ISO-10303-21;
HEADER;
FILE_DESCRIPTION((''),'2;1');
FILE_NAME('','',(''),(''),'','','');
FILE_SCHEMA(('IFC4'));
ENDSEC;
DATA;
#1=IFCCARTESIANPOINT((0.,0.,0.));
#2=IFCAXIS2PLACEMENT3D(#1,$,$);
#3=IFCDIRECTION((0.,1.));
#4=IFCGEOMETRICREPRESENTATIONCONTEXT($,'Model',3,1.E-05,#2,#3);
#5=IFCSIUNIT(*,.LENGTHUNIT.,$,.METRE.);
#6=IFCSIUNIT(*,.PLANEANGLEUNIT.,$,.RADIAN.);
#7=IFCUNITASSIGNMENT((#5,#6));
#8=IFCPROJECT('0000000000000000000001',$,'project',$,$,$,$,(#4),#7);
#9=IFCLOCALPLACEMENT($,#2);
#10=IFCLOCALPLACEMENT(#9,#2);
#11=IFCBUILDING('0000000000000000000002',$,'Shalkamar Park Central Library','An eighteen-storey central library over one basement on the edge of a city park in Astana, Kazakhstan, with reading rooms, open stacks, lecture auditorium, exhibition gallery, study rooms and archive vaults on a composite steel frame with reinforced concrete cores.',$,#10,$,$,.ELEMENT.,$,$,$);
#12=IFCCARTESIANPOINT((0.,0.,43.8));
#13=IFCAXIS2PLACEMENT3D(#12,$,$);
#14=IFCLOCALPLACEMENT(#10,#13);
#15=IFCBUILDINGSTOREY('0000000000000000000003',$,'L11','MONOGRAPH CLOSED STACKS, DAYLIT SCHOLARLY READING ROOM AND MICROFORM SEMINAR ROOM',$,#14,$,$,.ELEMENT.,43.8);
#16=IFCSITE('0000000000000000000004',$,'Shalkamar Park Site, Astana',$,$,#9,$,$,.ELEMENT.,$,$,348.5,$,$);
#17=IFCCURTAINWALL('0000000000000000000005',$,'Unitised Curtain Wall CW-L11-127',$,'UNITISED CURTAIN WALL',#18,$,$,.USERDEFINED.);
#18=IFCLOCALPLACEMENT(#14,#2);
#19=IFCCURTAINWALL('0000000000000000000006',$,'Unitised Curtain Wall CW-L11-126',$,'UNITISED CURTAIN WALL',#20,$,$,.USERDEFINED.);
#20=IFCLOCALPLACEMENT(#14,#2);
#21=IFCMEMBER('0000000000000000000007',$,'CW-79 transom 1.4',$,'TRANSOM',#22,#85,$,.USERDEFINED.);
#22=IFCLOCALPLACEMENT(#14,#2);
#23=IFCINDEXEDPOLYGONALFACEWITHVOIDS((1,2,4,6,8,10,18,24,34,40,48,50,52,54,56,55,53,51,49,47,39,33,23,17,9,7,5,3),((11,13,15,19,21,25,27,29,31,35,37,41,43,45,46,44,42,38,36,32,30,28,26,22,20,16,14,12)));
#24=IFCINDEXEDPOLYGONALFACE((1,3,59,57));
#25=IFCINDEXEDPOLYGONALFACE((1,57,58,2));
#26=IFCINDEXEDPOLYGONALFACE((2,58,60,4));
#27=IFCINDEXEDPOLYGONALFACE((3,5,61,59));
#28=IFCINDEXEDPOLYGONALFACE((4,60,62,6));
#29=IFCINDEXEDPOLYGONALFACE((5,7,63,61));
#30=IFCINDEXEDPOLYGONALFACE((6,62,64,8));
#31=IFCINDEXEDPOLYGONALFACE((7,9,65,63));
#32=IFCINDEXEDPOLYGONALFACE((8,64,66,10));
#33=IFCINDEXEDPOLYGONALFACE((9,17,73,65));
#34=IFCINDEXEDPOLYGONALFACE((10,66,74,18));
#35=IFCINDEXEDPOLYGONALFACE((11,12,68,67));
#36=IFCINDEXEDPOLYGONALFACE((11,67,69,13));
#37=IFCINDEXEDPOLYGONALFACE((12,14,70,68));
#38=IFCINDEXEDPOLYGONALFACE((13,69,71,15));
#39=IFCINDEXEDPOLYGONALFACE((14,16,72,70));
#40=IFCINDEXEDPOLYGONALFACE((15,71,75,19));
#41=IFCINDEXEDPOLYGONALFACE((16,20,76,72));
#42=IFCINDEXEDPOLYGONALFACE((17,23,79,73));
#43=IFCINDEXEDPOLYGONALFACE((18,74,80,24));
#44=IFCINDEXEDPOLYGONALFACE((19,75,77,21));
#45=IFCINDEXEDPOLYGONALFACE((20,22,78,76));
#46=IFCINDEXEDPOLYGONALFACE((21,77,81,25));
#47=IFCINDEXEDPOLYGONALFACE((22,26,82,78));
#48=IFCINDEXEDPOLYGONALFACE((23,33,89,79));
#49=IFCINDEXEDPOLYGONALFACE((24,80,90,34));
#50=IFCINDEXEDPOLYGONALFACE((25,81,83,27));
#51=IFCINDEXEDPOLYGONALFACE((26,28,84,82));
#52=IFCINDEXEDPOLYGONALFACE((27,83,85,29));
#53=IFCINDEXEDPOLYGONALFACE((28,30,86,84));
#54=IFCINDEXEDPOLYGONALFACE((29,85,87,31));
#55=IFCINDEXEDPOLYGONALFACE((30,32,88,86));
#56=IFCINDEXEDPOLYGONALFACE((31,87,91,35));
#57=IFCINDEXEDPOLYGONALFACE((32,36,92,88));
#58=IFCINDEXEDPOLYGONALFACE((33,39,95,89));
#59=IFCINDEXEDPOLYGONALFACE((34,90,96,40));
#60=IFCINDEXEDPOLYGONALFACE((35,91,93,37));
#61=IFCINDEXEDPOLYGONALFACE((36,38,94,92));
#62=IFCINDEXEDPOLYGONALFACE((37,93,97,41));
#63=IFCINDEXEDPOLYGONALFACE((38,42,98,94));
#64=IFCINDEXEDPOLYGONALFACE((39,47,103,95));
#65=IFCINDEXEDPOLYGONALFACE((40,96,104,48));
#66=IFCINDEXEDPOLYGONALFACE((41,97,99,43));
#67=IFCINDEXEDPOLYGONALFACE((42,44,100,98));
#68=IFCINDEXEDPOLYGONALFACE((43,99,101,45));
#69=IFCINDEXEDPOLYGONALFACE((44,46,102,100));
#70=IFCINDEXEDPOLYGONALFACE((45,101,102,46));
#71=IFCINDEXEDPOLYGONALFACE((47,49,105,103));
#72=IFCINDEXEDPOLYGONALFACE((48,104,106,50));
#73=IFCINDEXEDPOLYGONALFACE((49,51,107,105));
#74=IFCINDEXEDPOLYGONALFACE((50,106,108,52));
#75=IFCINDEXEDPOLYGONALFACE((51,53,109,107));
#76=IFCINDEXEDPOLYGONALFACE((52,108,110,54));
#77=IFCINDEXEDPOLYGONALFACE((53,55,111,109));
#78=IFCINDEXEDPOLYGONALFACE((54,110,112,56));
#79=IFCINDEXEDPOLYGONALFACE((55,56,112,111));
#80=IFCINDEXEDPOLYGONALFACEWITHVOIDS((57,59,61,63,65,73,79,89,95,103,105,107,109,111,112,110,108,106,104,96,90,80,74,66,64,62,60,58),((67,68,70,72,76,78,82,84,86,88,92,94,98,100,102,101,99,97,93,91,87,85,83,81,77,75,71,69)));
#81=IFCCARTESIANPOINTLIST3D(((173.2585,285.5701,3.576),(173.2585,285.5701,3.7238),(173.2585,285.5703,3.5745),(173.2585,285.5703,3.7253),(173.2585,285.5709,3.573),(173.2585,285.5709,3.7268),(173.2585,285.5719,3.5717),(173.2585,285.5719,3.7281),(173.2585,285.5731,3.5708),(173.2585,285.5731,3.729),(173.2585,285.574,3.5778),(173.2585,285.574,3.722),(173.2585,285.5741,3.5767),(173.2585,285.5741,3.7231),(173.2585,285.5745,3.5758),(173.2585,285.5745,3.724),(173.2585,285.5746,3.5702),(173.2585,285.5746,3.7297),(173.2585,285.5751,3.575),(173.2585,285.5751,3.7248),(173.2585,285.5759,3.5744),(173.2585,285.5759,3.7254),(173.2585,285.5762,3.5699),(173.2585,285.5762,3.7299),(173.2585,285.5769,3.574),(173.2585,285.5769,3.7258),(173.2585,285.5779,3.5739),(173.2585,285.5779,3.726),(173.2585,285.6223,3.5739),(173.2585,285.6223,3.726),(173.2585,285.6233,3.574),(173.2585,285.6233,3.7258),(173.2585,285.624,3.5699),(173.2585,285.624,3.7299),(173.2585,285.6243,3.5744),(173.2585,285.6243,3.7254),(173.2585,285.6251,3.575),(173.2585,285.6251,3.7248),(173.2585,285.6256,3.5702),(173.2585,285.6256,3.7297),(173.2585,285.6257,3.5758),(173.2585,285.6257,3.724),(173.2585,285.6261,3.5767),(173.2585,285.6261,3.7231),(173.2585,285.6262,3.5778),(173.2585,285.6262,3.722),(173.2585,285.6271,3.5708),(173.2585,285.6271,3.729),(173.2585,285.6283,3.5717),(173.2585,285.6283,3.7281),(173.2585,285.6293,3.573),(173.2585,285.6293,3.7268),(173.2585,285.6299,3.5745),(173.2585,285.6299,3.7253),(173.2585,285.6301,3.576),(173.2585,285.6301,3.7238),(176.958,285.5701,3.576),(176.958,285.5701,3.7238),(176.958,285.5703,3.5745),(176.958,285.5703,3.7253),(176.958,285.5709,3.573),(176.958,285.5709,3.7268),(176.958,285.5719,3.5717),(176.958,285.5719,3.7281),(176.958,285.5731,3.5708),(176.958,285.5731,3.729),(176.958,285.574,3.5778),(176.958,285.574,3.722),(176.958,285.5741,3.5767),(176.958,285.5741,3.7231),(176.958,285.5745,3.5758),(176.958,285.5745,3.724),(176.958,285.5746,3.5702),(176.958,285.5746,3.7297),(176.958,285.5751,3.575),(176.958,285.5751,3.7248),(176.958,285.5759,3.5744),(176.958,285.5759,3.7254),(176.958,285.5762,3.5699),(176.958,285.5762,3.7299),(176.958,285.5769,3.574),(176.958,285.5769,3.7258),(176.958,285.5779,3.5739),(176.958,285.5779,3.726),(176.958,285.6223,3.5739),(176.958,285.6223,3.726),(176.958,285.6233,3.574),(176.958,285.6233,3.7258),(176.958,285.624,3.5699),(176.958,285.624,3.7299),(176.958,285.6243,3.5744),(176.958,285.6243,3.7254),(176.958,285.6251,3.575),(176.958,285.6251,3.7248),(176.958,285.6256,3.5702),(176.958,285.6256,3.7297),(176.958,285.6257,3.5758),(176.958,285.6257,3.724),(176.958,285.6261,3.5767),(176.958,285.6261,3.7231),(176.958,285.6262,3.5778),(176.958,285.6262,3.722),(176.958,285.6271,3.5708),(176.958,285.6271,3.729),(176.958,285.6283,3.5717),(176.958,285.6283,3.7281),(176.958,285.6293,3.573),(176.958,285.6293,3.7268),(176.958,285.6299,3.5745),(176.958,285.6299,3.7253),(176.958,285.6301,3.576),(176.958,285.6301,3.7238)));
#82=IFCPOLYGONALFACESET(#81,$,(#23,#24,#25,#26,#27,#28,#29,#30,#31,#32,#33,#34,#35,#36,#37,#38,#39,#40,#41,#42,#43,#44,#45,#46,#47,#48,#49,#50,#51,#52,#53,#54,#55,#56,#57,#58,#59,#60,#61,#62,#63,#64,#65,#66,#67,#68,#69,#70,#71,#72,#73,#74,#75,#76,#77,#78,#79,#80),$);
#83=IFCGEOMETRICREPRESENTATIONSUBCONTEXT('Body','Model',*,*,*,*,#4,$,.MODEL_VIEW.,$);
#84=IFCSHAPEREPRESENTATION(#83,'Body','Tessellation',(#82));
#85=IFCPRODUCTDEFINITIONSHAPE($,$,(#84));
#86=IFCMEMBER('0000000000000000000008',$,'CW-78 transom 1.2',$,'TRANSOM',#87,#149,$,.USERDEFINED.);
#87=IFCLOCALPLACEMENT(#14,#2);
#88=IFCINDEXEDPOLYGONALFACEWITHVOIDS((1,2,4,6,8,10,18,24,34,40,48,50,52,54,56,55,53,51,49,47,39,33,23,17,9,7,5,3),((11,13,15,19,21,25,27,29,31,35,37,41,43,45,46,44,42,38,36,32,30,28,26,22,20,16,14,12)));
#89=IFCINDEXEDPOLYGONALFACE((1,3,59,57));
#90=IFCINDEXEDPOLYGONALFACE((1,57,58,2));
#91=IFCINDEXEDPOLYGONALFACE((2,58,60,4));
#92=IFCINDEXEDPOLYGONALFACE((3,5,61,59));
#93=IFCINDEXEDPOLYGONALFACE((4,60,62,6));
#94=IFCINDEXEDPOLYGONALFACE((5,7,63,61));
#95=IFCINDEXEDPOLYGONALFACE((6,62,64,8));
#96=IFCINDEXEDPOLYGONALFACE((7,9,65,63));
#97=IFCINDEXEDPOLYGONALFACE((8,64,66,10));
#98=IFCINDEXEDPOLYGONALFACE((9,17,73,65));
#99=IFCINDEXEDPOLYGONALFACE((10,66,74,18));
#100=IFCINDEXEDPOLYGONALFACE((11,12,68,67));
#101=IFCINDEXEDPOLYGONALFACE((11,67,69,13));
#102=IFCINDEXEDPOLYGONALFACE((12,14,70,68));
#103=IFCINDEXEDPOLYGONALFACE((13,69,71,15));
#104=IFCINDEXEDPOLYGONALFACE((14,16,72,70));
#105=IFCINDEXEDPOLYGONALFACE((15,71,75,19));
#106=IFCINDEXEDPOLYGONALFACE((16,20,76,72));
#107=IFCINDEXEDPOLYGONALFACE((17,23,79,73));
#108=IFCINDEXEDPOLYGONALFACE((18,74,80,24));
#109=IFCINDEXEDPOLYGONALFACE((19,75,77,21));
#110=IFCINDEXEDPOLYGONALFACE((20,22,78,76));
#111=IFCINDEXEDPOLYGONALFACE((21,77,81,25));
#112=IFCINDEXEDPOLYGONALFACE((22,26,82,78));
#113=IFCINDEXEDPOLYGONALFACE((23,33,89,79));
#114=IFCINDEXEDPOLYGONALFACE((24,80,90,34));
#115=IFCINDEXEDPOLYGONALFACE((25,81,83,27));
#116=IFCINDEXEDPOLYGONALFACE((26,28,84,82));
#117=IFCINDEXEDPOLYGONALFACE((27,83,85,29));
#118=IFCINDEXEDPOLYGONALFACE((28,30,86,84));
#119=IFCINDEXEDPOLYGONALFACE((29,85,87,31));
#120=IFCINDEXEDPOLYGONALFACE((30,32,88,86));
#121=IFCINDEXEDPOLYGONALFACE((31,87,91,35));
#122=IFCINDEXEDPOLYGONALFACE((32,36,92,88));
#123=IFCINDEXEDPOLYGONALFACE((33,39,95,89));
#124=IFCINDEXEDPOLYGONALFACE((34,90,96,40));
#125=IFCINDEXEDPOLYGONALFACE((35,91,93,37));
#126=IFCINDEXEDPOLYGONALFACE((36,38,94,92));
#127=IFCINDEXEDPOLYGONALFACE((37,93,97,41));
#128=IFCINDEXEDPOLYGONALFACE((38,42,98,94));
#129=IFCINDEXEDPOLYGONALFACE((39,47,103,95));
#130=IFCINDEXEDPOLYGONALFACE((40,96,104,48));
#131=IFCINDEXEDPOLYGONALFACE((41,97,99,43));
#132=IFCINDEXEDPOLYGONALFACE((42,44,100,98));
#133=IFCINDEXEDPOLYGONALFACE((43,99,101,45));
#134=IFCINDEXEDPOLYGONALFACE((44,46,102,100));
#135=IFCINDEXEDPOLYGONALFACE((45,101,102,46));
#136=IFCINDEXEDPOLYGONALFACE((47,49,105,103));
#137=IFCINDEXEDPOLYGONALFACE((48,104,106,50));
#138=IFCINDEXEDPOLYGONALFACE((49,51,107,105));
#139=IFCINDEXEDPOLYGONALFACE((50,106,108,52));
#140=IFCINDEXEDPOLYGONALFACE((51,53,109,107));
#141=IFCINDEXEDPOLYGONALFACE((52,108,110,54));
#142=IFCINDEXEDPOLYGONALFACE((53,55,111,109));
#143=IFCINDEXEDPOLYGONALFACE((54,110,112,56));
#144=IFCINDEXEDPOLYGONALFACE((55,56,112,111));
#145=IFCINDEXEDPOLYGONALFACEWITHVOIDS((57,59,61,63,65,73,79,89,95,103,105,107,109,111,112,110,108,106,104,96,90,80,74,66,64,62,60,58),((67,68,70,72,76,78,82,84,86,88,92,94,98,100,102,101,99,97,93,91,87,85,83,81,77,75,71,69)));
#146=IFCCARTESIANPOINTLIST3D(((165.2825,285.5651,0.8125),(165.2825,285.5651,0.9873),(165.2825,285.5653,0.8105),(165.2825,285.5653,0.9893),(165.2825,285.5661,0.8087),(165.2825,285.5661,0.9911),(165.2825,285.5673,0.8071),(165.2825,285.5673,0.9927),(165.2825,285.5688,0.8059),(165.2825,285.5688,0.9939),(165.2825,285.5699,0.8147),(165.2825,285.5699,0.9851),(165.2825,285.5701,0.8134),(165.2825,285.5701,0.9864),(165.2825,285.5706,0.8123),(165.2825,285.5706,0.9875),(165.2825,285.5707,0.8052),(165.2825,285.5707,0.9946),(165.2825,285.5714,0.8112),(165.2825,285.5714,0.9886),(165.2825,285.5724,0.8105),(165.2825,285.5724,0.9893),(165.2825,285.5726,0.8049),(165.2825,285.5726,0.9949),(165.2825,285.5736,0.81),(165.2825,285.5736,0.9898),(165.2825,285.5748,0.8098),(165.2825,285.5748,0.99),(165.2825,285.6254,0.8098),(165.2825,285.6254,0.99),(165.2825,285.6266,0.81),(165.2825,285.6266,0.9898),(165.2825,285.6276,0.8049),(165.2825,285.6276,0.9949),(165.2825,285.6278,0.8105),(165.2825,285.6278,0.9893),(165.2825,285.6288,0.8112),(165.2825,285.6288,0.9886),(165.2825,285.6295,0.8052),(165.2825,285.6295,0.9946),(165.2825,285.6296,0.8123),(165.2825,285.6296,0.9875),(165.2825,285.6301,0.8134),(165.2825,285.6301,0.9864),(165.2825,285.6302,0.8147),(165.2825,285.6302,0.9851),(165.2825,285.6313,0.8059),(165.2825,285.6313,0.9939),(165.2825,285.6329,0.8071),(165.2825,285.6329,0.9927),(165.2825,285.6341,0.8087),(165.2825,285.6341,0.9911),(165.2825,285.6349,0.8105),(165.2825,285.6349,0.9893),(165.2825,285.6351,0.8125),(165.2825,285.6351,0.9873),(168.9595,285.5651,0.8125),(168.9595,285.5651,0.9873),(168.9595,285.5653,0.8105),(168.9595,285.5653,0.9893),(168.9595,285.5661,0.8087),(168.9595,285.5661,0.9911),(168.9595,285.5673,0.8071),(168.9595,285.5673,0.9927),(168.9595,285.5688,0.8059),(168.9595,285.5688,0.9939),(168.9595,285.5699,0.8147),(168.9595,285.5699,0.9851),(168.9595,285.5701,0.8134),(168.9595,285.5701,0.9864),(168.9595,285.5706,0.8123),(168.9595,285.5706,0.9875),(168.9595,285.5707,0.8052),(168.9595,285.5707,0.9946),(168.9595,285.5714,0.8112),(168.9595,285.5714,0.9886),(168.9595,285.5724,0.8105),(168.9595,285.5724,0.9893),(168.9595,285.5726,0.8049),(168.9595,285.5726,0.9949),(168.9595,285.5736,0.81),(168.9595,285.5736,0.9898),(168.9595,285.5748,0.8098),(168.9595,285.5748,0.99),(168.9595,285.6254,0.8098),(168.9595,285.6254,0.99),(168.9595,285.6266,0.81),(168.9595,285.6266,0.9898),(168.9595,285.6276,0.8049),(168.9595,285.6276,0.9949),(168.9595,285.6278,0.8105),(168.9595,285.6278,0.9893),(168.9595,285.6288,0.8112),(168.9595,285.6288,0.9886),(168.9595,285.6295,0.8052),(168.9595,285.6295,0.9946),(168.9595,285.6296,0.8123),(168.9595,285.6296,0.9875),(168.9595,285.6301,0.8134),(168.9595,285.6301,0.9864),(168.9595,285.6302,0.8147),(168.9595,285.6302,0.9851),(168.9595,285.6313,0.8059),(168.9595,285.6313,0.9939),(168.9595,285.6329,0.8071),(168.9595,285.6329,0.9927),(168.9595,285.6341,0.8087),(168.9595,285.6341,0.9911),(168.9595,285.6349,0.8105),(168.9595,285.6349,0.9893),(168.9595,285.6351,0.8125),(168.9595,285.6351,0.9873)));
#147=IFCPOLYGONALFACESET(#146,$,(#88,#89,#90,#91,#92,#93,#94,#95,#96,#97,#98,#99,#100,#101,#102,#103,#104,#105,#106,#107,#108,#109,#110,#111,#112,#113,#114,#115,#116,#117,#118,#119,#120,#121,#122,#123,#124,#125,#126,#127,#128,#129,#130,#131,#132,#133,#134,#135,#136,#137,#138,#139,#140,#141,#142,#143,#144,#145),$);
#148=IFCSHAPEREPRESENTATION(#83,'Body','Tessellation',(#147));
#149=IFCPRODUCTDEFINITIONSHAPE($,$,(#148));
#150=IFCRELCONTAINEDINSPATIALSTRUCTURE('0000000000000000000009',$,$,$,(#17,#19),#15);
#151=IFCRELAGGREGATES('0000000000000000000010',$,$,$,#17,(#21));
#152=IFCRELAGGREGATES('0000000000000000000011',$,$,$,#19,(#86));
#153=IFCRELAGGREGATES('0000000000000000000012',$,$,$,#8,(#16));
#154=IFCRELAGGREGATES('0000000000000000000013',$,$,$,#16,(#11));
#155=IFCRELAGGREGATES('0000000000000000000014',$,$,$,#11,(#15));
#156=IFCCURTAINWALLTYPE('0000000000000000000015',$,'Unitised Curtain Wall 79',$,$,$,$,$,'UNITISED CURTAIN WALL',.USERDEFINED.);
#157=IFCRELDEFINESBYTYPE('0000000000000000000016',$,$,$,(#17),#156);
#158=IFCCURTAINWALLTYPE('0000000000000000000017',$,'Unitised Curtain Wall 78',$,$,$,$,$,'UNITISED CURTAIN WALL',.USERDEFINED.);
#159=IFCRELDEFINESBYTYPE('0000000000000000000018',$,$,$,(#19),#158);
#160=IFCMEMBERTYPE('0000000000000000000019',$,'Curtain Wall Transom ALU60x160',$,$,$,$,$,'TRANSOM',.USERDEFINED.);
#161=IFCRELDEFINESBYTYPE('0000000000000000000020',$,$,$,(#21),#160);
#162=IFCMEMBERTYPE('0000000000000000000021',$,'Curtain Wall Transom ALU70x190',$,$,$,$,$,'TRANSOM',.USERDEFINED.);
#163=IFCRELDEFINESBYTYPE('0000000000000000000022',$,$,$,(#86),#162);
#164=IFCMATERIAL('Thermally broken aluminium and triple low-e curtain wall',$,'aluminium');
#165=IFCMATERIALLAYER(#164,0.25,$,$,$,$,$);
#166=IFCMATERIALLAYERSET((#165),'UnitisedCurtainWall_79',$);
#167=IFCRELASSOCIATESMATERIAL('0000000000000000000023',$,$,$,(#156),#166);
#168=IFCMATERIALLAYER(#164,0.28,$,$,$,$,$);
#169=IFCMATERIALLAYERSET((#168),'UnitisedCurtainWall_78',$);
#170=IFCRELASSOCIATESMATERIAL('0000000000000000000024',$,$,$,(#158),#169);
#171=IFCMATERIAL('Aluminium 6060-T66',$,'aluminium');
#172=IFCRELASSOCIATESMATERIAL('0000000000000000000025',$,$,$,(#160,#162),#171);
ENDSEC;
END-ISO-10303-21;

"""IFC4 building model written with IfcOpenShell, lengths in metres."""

from ifc_helpers import new_model, si_unit, direction, frame, origin, origin_2d, place, context, subcontext, project, spatial, hollow_rectangle, extrude, material, layer, layer_set, material_profile, profile_set, type_object, element, aggregate, save


model = new_model("IFC4")

# Units and contexts
model_context = context("Model", 3, precision=1e-05, world=origin(), true_north=direction((0.0, 1.0)))
body_context = subcontext(model_context, "Body", "Model", "MODEL_VIEW")
ifc_project = project(units=[si_unit("LENGTHUNIT", "METRE"), si_unit("PLANEANGLEUNIT", "RADIAN")], contexts=[model_context])

# Site, building, storey
site_placement = place(None, origin())
site = spatial("IfcSite", under=ifc_project, at=site_placement, Name="Shalkamar Park Site, Astana", CompositionType="ELEMENT", RefElevation=348.5)
building_placement = place(site_placement, origin())
building = spatial("IfcBuilding", under=site, at=building_placement, Name="Shalkamar Park Central Library", Description="An eighteen-storey central library over one basement on the edge of a city park in Astana, Kazakhstan, with reading rooms, open stacks, lecture auditorium, exhibition gallery, study rooms and archive vaults on a composite steel frame with reinforced concrete cores.", CompositionType="ELEMENT")
storey_placement = place(building_placement, frame((0.0, 0.0, 43.8)))
storey = spatial("IfcBuildingStorey", under=building, at=storey_placement, Name="L11", Description="MONOGRAPH CLOSED STACKS, DAYLIT SCHOLARLY READING ROOM AND MICROFORM SEMINAR ROOM", CompositionType="ELEMENT", Elevation=43.8)

# Curtain wall
ifc_material_1 = material(Name="Thermally broken aluminium and triple low-e curtain wall", Category="aluminium")
ifc_layer_1 = layer(ifc_material_1, 0.25)
ifc_layer_set_1 = layer_set([ifc_layer_1], Name="UnitisedCurtainWall_79")
curtain_wall_type_1 = type_object("IfcCurtainWallType", Name="Unitised Curtain Wall 79", ElementType="UNITISED CURTAIN WALL", PredefinedType="USERDEFINED", material=ifc_layer_set_1)
curtain_wall_1_placement = place(storey_placement, origin())
curtain_wall_1 = element("IfcCurtainWall", 1, at=curtain_wall_1_placement, inside=storey, type_object=curtain_wall_type_1, Name="Unitised Curtain Wall CW-L11-127", ObjectType="UNITISED CURTAIN WALL", PredefinedType="USERDEFINED")
ifc_material_2 = material(Name="Aluminium 6060-T66", Category="aluminium")

# Curtain wall
ifc_layer_2 = layer(ifc_material_1, 0.28)
ifc_layer_set_2 = layer_set([ifc_layer_2], Name="UnitisedCurtainWall_78")
curtain_wall_type_2 = type_object("IfcCurtainWallType", Name="Unitised Curtain Wall 78", ElementType="UNITISED CURTAIN WALL", PredefinedType="USERDEFINED", material=ifc_layer_set_2)
curtain_wall_2_placement = place(storey_placement, origin())
curtain_wall_2 = element("IfcCurtainWall", 2, at=curtain_wall_2_placement, inside=storey, type_object=curtain_wall_type_2, Name="Unitised Curtain Wall CW-L11-126", ObjectType="UNITISED CURTAIN WALL", PredefinedType="USERDEFINED")

# Members
ifc_material_profile_1 = material_profile(ifc_material_2, hollow_rectangle(XDim=0.0601, YDim=0.1599, WallThickness=0.0039, InnerFilletRadius=0.0039, OuterFilletRadius=0.0061, at=origin_2d()), Name="ALU 60x160x4")
ifc_profile_set_1 = profile_set([ifc_material_profile_1], Name="Aluminium 6060-T66")
member_type_1 = type_object("IfcMemberType", Name="Curtain Wall Transom ALU60x160", ElementType="TRANSOM", PredefinedType="USERDEFINED", material=ifc_profile_set_1)
member_1_placement = place(storey_placement, frame((173.2585, 285.6001, 3.6499), z_axis=(1.0, 0.0, 0.0), x_axis=(0.0, 1.0, 0.0)))
member_1 = element("IfcMember", 3, at=member_1_placement, type_object=member_type_1, Name="CW-79 transom 1.4", ObjectType="TRANSOM", PredefinedType="USERDEFINED", context=body_context, shape_type="SweptSolid", body=[
    extrude(hollow_rectangle(XDim=0.0601, YDim=0.1599, WallThickness=0.0039, InnerFilletRadius=0.0039, OuterFilletRadius=0.0061, at=origin_2d()), origin(), (0.0, 0.0, 1.0), 3.6995),
])
aggregate(curtain_wall_1, [member_1])
ifc_material_profile_2 = material_profile(ifc_material_2, hollow_rectangle(XDim=0.0701, YDim=0.1899, WallThickness=0.0049, InnerFilletRadius=0.0049, OuterFilletRadius=0.0076, at=origin_2d()), Name="ALU 70x190x5")
ifc_profile_set_2 = profile_set([ifc_material_profile_2], Name="Aluminium 6060-T66")
member_type_2 = type_object("IfcMemberType", Name="Curtain Wall Transom ALU70x190", ElementType="TRANSOM", PredefinedType="USERDEFINED", material=ifc_profile_set_2)
member_2_placement = place(storey_placement, frame((165.2825, 285.6001, 0.8999), z_axis=(1.0, 0.0, 0.0), x_axis=(0.0, 1.0, 0.0)))
member_2 = element("IfcMember", 4, at=member_2_placement, type_object=member_type_2, Name="CW-78 transom 1.2", ObjectType="TRANSOM", PredefinedType="USERDEFINED", context=body_context, shape_type="SweptSolid", body=[
    extrude(hollow_rectangle(XDim=0.0701, YDim=0.1899, WallThickness=0.0049, InnerFilletRadius=0.0049, OuterFilletRadius=0.0076, at=origin_2d()), origin(), (0.0, 0.0, 1.0), 3.677),
])

aggregate(curtain_wall_2, [member_2])

save(model, "model.ifc")
